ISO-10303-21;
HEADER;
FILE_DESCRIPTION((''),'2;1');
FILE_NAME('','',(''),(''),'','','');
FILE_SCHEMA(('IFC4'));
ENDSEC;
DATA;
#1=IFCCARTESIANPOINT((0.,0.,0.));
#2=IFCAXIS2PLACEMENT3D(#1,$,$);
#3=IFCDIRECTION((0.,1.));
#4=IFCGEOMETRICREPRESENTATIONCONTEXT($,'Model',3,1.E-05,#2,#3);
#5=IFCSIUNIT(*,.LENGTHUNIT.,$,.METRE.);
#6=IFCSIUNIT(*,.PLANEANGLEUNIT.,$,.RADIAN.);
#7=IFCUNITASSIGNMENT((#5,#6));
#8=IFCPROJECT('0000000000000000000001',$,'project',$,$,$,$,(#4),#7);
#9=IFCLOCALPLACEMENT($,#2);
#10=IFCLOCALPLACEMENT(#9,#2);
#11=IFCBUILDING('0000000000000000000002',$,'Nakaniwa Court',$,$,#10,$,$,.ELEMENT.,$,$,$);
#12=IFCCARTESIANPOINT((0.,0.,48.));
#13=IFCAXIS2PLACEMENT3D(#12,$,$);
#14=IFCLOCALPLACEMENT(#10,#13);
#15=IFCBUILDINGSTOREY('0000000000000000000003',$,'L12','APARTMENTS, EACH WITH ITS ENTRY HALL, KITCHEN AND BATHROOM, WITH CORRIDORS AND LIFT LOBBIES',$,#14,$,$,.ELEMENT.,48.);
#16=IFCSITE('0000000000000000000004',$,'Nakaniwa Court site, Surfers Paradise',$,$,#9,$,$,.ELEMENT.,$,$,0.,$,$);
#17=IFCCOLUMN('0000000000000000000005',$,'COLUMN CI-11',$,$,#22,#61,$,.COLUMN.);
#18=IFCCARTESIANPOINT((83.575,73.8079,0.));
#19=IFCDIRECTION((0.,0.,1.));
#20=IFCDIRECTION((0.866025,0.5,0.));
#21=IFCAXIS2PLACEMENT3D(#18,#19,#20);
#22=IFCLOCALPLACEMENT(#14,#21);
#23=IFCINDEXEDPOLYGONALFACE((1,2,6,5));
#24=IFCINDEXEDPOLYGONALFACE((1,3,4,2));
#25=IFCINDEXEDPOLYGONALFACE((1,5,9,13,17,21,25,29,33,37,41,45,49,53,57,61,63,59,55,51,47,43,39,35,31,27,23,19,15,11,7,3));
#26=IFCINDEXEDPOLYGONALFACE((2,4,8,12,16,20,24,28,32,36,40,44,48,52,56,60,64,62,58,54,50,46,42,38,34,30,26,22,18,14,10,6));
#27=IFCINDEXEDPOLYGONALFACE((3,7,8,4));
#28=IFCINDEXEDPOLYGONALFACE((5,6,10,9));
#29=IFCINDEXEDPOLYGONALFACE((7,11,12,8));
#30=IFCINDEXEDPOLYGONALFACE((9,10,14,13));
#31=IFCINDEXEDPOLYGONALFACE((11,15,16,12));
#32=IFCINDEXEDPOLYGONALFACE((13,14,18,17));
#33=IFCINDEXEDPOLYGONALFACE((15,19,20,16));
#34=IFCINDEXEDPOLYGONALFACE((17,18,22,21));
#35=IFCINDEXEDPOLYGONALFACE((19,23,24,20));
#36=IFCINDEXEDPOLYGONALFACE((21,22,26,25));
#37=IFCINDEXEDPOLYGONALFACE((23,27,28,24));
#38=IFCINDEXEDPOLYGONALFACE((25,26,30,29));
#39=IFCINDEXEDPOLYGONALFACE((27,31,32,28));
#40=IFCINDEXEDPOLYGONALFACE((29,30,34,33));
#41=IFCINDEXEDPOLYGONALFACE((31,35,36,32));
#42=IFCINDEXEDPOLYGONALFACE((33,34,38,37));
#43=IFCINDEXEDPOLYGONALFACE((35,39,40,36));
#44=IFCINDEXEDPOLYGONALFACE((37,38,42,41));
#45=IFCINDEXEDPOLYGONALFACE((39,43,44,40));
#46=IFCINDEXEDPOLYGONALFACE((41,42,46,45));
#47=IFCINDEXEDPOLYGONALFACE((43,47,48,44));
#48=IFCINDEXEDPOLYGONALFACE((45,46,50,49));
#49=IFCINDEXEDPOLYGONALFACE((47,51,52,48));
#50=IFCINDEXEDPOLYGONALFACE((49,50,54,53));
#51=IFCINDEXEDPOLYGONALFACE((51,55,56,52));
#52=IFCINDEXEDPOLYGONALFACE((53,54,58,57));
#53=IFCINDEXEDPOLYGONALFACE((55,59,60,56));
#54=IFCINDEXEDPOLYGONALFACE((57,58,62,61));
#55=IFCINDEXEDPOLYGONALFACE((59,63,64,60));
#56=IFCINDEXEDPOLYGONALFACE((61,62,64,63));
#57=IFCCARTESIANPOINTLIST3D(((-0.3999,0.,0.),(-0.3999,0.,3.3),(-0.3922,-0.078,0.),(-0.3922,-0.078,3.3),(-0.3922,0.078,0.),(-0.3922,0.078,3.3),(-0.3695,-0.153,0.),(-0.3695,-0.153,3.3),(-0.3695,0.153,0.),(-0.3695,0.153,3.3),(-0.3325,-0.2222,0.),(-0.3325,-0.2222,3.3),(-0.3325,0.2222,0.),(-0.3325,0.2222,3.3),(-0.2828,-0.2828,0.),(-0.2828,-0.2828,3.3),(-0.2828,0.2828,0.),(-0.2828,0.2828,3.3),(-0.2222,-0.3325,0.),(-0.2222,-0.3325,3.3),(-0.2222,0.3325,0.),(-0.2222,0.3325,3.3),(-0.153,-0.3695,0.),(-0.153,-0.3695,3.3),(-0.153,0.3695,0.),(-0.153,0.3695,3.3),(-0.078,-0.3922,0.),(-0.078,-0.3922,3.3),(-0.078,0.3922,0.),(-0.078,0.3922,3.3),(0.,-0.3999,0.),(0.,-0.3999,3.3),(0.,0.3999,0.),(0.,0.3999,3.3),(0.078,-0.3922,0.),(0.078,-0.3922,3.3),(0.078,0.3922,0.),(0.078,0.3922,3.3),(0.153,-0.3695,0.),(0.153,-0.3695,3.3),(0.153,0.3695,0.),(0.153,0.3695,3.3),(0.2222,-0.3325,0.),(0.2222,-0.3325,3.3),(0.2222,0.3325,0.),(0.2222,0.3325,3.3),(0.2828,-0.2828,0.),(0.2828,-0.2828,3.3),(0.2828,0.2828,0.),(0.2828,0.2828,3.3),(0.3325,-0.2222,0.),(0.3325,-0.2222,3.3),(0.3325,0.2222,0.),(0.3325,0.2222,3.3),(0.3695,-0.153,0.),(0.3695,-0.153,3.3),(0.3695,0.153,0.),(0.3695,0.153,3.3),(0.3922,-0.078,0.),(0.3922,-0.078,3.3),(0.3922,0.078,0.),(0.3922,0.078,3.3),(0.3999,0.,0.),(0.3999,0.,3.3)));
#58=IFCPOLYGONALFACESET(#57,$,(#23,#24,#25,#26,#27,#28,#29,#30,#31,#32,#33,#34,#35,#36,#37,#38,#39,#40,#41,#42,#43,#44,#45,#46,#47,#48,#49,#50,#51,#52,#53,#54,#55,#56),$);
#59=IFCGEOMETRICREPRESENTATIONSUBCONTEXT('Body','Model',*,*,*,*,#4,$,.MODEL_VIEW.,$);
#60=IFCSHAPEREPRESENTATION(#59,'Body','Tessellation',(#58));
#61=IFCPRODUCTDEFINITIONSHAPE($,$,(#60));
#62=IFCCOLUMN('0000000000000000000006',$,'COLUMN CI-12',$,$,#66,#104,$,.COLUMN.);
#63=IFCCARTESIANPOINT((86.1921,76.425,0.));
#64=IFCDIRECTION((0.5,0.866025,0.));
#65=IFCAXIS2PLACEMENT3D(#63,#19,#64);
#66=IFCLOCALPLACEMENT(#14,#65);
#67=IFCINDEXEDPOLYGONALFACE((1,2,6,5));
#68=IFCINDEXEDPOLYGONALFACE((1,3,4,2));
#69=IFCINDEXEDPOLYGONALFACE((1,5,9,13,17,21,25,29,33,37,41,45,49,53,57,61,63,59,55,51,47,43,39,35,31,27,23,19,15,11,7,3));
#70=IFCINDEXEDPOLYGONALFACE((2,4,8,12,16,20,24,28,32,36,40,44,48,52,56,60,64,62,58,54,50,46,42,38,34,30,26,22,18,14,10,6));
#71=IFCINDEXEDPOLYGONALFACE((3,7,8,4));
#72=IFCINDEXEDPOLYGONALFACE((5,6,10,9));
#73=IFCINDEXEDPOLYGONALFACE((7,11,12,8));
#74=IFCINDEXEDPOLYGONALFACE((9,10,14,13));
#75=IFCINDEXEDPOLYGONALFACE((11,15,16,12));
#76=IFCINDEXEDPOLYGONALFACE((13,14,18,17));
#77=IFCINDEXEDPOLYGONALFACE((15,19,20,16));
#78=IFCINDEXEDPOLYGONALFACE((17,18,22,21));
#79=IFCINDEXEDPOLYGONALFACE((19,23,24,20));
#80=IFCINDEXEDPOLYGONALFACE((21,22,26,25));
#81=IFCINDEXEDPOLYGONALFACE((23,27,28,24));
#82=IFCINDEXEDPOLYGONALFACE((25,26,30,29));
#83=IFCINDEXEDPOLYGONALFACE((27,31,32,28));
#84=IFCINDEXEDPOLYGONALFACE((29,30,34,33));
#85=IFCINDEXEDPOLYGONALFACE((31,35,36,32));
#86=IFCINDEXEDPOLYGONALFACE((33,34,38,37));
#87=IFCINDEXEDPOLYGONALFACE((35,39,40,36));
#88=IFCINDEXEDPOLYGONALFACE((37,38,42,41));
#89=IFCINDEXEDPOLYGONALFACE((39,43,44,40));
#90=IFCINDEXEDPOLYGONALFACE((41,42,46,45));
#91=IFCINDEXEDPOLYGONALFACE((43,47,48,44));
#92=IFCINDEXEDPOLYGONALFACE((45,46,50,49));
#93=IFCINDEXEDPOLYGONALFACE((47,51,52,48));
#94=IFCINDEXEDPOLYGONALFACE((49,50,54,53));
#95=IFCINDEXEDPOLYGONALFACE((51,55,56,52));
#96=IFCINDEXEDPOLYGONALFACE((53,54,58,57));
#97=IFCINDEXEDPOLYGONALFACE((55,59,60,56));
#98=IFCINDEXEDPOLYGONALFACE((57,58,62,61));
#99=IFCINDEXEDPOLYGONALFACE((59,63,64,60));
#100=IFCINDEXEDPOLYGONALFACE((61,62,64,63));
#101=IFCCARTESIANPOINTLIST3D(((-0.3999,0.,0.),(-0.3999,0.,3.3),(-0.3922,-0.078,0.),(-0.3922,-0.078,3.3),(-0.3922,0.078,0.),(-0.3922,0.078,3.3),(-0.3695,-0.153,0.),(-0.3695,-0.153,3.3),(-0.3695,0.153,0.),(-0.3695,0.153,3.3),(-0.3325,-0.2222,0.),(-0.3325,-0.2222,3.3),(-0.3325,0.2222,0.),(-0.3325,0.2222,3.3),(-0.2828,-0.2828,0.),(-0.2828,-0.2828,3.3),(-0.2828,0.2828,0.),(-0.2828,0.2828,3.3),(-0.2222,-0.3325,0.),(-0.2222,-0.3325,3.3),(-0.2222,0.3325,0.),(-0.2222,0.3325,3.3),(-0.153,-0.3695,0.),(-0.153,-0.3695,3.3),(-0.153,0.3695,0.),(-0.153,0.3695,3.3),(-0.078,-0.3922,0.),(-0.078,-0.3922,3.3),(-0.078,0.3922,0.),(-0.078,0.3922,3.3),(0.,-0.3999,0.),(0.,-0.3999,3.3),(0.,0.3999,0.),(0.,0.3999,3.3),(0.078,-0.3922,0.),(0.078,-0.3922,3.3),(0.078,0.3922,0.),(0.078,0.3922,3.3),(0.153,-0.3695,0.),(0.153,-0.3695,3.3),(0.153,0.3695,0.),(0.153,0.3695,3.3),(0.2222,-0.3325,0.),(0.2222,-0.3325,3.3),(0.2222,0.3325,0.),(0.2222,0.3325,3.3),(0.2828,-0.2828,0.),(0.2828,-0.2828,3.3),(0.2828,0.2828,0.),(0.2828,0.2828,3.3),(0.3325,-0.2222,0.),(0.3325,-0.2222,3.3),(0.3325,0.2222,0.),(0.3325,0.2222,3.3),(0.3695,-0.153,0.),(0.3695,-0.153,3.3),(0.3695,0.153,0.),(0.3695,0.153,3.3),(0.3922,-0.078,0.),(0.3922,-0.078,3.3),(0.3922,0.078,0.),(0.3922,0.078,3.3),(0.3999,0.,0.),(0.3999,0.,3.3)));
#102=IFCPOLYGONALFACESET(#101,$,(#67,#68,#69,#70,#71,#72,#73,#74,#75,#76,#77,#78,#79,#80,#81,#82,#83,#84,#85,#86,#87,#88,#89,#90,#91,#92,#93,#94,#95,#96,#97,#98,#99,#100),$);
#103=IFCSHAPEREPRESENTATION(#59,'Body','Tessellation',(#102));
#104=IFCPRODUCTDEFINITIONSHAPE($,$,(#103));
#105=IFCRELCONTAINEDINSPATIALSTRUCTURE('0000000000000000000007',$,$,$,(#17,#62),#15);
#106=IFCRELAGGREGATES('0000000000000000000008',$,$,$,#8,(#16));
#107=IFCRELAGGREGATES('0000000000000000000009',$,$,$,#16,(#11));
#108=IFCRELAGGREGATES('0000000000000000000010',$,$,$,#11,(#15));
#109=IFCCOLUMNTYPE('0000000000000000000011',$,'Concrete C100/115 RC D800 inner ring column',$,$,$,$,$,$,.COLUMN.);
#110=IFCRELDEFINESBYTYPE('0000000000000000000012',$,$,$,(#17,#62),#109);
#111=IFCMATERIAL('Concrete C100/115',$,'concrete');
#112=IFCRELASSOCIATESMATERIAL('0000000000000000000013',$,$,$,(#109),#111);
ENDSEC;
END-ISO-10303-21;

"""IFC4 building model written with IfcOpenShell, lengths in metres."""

from ifc_helpers import new_model, si_unit, direction, frame, origin, origin_2d, place, context, subcontext, project, spatial, circle, extrude, material, material_profile, profile_set, type_object, element, save


model = new_model("IFC4")

# Units and contexts
model_context = context("Model", 3, precision=1e-05, world=origin(), true_north=direction((0.0, 1.0)))
body_context = subcontext(model_context, "Body", "Model", "MODEL_VIEW")
ifc_project = project(units=[si_unit("LENGTHUNIT", "METRE"), si_unit("PLANEANGLEUNIT", "RADIAN")], contexts=[model_context])

# Site, building, storey
site_placement = place(None, origin())
site = spatial("IfcSite", under=ifc_project, at=site_placement, Name="Nakaniwa Court site, Surfers Paradise", CompositionType="ELEMENT", RefElevation=0.0)
building_placement = place(site_placement, origin())
building = spatial("IfcBuilding", under=site, at=building_placement, Name="Nakaniwa Court", CompositionType="ELEMENT")
storey_placement = place(building_placement, frame((0.0, 0.0, 48.0)))
storey = spatial("IfcBuildingStorey", under=building, at=storey_placement, Name="L12", Description="APARTMENTS, EACH WITH ITS ENTRY HALL, KITCHEN AND BATHROOM, WITH CORRIDORS AND LIFT LOBBIES", CompositionType="ELEMENT", Elevation=48.0)

# Columns
ifc_material_1 = material(Name="Concrete C100/115", Category="concrete")
ifc_material_profile_1 = material_profile(ifc_material_1, circle(Radius=0.3999, at=origin_2d()), Name="Concrete C100/115 RC D800 inner ring column")
ifc_profile_set_1 = profile_set([ifc_material_profile_1], Name="Concrete C100/115")
column_type = type_object("IfcColumnType", Name="Concrete C100/115 RC D800 inner ring column", PredefinedType="COLUMN", material=ifc_profile_set_1)
for number, where, z_axis, x_axis, name in (
    (1, (83.575, 73.8079, 0.0), (0.0, 0.0, 1.0), (0.866025, 0.5, 0.0), "COLUMN CI-11"),
    (2, (86.1921, 76.425, 0.0), (0.0, 0.0, 1.0), (0.5, 0.866025, 0.0), "COLUMN CI-12"),
):
    element("IfcColumn", number, at=place(storey_placement, frame(where, z_axis=z_axis, x_axis=x_axis)), inside=storey, type_object=column_type, Name=name, PredefinedType="COLUMN", context=body_context, shape_type="SweptSolid", body=[
        extrude(circle(Radius=0.3999, at=origin_2d()), origin(), (0.0, 0.0, 1.0), 3.3),
    ])

save(model, "model.ifc")
